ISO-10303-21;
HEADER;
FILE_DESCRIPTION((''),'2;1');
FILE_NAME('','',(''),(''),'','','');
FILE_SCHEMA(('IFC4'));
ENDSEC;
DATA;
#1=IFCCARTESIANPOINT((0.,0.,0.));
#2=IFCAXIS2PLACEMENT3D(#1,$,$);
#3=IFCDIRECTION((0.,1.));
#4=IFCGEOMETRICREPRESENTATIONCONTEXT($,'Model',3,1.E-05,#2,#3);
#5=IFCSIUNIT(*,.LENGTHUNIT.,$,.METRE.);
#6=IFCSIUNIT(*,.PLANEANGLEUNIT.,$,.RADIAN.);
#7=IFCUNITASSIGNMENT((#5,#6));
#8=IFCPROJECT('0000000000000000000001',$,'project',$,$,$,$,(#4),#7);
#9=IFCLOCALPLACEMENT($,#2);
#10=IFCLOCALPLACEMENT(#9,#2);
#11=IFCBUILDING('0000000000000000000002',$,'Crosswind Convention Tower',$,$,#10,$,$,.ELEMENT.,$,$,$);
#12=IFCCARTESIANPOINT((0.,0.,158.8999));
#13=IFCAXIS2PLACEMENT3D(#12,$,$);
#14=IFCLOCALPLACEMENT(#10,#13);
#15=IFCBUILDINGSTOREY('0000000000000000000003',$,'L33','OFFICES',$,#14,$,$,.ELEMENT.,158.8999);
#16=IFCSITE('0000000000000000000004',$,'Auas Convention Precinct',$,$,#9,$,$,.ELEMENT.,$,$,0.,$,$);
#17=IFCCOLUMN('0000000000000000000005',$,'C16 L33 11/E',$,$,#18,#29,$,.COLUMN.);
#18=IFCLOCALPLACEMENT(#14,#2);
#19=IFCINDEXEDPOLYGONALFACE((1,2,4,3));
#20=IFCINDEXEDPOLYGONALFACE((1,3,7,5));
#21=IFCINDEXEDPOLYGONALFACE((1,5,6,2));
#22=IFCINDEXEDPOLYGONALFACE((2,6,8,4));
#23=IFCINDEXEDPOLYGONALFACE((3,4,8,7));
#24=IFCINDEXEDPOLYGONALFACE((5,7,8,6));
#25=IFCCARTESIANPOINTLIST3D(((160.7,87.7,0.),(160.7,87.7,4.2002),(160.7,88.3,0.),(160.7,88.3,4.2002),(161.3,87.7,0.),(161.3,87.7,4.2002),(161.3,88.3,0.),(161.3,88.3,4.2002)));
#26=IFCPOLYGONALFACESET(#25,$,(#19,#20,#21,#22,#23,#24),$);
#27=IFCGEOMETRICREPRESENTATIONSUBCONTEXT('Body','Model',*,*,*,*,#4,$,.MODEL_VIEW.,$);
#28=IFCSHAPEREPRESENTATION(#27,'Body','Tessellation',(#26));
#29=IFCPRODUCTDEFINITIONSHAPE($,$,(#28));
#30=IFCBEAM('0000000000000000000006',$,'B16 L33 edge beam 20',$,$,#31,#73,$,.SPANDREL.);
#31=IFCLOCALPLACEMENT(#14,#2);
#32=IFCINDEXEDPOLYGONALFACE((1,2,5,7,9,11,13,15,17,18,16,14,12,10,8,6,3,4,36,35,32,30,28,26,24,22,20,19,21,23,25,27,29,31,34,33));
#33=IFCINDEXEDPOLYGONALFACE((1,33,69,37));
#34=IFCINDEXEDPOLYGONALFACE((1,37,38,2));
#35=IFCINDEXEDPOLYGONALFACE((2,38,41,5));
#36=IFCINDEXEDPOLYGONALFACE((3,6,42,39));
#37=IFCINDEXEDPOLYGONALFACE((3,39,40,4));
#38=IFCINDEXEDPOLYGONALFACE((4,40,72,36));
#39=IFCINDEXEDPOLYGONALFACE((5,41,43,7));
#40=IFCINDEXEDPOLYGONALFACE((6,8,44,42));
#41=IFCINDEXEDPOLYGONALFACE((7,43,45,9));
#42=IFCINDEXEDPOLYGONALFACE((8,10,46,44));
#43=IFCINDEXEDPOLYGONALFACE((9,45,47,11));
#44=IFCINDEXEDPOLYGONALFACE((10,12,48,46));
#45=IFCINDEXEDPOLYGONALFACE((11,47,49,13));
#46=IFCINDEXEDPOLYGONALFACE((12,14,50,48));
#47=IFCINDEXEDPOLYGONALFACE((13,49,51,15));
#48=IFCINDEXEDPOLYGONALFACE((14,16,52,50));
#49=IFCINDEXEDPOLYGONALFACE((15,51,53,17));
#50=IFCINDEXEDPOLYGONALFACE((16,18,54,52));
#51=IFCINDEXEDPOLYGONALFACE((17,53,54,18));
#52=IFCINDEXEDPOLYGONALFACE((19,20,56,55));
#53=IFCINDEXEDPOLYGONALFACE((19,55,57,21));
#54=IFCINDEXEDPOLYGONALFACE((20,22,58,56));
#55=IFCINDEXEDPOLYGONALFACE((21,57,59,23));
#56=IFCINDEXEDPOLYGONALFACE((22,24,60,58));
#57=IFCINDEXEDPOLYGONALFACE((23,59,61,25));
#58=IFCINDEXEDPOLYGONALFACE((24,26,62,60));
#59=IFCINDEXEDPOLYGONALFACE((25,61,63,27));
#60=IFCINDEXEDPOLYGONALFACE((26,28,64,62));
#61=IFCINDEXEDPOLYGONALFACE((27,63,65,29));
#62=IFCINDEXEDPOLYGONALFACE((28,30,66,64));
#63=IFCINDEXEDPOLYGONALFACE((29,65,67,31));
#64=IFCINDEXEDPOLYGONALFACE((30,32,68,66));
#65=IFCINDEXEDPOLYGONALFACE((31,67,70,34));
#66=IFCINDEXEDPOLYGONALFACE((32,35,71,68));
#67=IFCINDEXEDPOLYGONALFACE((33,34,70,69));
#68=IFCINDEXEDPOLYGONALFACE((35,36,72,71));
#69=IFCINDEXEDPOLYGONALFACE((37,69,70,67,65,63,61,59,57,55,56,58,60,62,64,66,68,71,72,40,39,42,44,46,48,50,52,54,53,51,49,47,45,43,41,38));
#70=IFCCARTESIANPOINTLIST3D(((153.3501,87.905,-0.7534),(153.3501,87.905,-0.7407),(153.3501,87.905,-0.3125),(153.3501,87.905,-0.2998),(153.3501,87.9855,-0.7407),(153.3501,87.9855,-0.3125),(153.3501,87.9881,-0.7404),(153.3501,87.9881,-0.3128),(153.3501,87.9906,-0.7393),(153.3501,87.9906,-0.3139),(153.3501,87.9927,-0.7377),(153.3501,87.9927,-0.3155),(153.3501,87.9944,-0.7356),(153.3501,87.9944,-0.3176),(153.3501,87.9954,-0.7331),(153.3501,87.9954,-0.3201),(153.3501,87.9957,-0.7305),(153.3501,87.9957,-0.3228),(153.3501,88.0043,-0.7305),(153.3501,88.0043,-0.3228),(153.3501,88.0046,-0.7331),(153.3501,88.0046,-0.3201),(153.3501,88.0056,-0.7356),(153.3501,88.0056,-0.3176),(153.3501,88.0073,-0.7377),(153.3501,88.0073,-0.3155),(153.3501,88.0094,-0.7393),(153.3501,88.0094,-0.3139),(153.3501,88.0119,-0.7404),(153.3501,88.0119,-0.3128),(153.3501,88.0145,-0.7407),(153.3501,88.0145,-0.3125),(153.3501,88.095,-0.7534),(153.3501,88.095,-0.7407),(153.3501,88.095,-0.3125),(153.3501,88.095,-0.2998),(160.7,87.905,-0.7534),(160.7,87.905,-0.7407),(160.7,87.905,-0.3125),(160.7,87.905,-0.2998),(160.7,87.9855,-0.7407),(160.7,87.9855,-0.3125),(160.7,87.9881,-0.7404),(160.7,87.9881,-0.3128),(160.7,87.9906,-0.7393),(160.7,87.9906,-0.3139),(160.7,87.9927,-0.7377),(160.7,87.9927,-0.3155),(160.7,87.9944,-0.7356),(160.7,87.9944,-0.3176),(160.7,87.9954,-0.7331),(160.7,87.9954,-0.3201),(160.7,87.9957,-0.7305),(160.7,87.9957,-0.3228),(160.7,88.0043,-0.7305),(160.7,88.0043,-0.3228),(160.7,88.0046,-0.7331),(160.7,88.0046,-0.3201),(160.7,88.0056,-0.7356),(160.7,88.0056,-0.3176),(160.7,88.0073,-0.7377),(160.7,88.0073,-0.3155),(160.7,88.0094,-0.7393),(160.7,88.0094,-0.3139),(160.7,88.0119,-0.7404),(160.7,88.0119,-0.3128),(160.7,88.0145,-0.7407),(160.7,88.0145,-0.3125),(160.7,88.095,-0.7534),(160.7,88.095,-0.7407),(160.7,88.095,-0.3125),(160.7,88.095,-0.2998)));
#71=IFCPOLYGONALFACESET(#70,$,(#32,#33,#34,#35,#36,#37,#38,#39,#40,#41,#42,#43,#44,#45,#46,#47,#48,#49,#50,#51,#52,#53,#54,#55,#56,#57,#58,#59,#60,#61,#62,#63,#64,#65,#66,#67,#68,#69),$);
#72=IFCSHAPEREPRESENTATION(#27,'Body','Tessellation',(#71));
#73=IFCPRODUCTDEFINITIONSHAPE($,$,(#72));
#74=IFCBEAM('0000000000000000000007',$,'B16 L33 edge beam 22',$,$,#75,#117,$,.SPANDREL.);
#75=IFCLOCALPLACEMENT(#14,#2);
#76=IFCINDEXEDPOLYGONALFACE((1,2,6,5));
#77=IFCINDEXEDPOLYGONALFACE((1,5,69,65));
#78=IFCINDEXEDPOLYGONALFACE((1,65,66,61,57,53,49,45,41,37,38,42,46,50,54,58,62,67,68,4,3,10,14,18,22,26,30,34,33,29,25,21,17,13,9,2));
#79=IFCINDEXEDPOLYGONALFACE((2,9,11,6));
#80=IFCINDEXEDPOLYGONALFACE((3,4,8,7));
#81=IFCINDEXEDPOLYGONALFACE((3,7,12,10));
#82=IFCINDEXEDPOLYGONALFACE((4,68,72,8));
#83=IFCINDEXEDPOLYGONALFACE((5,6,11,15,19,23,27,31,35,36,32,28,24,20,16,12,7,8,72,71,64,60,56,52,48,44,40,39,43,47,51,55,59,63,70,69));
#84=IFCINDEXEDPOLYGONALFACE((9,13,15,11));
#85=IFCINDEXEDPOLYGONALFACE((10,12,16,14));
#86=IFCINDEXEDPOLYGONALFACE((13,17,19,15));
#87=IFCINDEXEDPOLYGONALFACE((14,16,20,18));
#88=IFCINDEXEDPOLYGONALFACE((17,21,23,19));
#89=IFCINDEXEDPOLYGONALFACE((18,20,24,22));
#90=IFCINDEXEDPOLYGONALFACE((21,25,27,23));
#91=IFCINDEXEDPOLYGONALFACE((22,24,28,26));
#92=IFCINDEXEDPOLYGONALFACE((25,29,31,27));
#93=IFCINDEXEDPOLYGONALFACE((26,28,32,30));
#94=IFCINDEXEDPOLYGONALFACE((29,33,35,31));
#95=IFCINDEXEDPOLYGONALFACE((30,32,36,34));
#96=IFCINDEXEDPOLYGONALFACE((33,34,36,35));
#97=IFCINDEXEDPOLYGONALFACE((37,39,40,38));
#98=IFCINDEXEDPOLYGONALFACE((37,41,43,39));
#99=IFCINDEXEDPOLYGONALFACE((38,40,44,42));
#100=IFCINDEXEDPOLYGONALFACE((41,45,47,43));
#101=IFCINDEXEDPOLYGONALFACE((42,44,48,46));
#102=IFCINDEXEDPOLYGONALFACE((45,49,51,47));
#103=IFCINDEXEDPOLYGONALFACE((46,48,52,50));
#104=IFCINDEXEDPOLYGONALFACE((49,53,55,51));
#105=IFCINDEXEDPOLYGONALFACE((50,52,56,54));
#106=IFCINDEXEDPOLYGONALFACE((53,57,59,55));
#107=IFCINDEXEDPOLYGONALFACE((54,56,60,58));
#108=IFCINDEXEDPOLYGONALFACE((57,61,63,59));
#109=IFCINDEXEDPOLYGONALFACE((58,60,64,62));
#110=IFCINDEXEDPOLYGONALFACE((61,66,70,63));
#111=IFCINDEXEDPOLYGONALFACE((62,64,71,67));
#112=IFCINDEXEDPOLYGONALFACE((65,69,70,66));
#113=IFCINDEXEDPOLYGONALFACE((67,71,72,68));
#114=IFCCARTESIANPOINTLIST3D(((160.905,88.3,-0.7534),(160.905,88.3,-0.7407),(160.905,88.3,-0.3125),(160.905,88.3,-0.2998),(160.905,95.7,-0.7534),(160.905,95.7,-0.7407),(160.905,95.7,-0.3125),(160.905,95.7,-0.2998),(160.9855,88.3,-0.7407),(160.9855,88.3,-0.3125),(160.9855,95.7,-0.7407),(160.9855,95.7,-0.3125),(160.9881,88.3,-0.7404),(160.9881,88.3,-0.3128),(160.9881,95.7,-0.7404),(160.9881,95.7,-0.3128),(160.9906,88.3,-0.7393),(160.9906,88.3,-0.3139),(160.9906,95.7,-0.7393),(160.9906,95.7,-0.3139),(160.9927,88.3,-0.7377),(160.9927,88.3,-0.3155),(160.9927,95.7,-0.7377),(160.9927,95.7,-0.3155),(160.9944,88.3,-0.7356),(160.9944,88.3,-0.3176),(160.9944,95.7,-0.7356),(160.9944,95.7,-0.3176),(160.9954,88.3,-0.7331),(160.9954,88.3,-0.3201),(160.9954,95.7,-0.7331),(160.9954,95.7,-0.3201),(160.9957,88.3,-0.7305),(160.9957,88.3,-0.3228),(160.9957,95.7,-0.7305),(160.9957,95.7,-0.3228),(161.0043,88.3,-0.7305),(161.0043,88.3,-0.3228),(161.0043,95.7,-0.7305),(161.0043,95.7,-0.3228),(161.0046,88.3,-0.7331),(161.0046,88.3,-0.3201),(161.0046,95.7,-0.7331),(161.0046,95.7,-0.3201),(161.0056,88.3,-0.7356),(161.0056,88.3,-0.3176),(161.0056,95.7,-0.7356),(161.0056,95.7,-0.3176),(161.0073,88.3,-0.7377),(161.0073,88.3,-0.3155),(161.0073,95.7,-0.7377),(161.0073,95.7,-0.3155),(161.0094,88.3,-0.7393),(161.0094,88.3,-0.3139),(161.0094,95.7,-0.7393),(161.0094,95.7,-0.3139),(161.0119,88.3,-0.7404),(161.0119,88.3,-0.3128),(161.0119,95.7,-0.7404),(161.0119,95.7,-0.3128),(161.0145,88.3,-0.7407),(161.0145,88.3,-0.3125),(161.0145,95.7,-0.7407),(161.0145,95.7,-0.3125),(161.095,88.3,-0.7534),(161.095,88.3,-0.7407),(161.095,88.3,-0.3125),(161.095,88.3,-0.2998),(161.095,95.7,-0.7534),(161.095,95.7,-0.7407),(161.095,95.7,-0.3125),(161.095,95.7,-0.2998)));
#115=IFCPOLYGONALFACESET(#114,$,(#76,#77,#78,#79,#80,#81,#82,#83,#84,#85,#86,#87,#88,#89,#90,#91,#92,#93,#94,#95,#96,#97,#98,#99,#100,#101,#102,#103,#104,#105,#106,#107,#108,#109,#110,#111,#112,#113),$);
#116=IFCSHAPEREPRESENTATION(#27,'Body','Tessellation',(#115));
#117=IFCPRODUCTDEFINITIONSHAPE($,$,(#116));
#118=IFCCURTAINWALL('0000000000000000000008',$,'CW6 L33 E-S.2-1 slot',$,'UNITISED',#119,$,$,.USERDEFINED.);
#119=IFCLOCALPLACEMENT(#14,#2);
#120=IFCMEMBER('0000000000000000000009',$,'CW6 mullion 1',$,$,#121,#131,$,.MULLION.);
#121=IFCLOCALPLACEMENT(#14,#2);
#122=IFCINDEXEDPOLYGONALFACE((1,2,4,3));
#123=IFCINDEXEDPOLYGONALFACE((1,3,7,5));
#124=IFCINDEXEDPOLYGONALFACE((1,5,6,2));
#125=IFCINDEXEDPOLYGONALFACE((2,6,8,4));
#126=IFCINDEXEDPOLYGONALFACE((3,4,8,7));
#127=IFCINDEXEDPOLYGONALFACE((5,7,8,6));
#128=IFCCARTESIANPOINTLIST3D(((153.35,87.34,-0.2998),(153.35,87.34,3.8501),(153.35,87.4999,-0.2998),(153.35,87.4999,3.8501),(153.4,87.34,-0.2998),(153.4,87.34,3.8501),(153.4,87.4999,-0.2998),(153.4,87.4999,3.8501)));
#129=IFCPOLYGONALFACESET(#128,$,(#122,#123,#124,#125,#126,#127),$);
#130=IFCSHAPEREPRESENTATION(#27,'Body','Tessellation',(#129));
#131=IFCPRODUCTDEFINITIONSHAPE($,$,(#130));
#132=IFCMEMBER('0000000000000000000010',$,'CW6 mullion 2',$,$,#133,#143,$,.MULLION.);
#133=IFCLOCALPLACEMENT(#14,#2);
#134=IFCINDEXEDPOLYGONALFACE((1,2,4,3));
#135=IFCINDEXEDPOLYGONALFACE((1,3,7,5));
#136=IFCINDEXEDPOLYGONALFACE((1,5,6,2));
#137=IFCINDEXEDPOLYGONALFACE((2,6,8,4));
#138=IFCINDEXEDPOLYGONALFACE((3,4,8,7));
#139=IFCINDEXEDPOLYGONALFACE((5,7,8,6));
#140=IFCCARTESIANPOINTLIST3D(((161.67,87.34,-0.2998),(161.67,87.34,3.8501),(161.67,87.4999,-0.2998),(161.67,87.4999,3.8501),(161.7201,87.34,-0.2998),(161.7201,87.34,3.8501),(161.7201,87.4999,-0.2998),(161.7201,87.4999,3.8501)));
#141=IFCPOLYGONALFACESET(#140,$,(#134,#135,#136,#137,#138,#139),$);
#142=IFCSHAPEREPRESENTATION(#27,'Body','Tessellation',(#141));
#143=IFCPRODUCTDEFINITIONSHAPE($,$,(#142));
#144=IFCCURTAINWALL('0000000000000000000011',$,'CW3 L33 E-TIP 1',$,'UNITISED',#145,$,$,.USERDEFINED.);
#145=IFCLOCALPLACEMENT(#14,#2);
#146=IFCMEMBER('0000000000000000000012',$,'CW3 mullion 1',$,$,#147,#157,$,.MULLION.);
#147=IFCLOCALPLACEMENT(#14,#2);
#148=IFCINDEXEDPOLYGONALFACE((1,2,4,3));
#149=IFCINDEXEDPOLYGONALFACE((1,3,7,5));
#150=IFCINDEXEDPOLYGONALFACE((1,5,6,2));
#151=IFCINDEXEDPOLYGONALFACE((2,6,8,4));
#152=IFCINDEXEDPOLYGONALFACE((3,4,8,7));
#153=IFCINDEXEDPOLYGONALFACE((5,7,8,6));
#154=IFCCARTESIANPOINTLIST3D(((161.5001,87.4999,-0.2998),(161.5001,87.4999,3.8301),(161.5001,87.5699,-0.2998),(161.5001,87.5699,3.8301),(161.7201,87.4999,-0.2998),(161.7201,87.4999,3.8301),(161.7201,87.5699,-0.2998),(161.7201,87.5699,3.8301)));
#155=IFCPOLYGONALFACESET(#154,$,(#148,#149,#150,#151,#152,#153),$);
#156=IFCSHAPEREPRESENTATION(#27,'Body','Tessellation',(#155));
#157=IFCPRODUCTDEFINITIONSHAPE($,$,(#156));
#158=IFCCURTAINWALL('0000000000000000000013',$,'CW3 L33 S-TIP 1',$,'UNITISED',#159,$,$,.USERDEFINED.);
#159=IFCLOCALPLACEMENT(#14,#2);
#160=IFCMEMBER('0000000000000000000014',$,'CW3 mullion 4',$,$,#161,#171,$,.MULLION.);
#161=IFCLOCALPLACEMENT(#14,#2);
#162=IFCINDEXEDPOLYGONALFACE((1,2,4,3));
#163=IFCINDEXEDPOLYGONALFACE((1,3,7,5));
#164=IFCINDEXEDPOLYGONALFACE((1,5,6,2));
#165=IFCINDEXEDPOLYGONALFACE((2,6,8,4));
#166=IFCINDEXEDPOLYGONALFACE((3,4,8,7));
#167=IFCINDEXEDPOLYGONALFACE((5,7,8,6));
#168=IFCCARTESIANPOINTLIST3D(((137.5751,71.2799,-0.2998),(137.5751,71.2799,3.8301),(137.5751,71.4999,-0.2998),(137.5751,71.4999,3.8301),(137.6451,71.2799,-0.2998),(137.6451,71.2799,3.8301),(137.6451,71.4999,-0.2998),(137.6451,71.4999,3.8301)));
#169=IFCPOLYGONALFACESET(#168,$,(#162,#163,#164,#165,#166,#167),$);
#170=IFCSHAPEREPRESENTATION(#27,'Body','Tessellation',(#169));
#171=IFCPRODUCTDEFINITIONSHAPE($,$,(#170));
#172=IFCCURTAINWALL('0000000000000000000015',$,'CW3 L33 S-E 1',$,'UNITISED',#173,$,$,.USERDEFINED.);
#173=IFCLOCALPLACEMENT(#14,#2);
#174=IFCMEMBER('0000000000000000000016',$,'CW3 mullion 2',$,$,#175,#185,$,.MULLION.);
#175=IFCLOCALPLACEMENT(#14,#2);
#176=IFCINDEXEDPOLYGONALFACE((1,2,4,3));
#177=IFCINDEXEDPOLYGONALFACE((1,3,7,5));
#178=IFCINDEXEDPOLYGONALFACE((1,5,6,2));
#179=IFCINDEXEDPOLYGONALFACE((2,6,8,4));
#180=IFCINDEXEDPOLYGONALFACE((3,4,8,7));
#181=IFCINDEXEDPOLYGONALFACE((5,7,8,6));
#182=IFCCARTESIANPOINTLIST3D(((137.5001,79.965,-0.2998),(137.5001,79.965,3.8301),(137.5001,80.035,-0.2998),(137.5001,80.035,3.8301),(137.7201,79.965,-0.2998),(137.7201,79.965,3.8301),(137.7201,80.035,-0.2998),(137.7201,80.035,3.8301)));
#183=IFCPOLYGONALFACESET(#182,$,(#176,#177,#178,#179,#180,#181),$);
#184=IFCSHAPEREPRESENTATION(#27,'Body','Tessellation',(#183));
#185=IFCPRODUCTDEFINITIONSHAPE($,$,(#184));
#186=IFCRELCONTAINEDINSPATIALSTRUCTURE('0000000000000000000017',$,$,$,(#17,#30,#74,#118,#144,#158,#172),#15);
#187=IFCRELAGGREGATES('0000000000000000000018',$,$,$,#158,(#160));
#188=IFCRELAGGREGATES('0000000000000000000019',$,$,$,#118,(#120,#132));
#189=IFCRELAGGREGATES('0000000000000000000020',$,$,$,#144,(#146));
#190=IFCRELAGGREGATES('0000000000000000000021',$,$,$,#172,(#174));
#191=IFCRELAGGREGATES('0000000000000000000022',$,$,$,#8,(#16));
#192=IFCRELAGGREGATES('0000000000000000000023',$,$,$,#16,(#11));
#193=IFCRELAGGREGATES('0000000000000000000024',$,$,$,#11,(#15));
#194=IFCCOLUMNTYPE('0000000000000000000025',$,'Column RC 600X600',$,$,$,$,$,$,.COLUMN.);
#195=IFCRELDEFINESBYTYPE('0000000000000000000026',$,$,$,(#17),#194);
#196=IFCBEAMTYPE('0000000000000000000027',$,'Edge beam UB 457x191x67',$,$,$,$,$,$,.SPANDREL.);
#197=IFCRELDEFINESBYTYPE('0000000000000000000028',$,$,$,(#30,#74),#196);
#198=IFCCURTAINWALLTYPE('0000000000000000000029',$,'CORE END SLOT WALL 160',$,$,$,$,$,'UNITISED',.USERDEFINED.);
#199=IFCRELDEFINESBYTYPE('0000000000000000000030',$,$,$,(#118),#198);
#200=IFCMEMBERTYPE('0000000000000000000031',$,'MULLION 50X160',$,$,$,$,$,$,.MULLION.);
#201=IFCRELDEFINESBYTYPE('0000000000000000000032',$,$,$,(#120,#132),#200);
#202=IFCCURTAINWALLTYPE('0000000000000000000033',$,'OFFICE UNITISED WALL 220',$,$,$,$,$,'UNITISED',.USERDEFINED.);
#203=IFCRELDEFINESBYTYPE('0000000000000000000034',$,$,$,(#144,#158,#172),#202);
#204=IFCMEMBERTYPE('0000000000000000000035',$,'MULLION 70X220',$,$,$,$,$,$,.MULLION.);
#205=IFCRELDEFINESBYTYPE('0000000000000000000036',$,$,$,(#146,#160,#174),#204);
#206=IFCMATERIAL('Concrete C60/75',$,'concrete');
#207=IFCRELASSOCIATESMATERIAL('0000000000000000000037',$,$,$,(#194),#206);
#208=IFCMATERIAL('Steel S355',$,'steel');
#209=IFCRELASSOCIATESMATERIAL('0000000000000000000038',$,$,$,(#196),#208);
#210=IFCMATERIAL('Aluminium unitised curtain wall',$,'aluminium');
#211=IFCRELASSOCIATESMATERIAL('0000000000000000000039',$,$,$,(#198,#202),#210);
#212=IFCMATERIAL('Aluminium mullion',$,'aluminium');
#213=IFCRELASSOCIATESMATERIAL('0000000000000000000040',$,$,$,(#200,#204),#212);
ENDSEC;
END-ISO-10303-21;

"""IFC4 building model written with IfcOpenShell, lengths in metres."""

from ifc_helpers import new_model, si_unit, direction, frame, origin, origin_2d, place, context, subcontext, project, spatial, rectangle, i_section, extrude, material, material_profile, profile_set, type_object, element, aggregate, save


model = new_model("IFC4")

# Units and contexts
model_context = context("Model", 3, precision=1e-05, world=origin(), true_north=direction((0.0, 1.0)))
body_context = subcontext(model_context, "Body", "Model", "MODEL_VIEW")
ifc_project = project(units=[si_unit("LENGTHUNIT", "METRE"), si_unit("PLANEANGLEUNIT", "RADIAN")], contexts=[model_context])

# Site, building, storey
site_placement = place(None, origin())
site = spatial("IfcSite", under=ifc_project, at=site_placement, Name="Auas Convention Precinct", CompositionType="ELEMENT", RefElevation=0.0)
building_placement = place(site_placement, origin())
building = spatial("IfcBuilding", under=site, at=building_placement, Name="Crosswind Convention Tower", CompositionType="ELEMENT")
storey_placement = place(building_placement, frame((0.0, 0.0, 158.8999)))
storey = spatial("IfcBuildingStorey", under=building, at=storey_placement, Name="L33", Description="OFFICES", CompositionType="ELEMENT", Elevation=158.8999)

# Column
ifc_material_1 = material(Name="Concrete C60/75", Category="concrete")
ifc_material_profile_1 = material_profile(ifc_material_1, rectangle(XDim=0.6001, YDim=0.6001, at=origin_2d()), Name="RC 600X600")
ifc_profile_set_1 = profile_set([ifc_material_profile_1], Name="Concrete C60/75")
column_type = type_object("IfcColumnType", Name="Column RC 600X600", PredefinedType="COLUMN", material=ifc_profile_set_1)
column_placement = place(storey_placement, frame((161.0, 88.0, 0.0), z_axis=(0.0, 0.0, 1.0), x_axis=(1.0, 0.0, 0.0)))
element("IfcColumn", 1, at=column_placement, inside=storey, type_object=column_type, Name="C16 L33 11/E", PredefinedType="COLUMN", context=body_context, shape_type="SweptSolid", body=[
    extrude(rectangle(XDim=0.6001, YDim=0.6001, at=origin_2d()), origin(), (0.0, 0.0, 1.0), 4.2002),
])

# Beams
ifc_material_2 = material(Name="Steel S355", Category="steel")
ifc_material_profile_2 = material_profile(ifc_material_2, i_section(OverallWidth=0.1899, OverallDepth=0.4536, WebThickness=0.0085, FlangeThickness=0.0127, FilletRadius=0.0103, at=origin_2d()), Name="UB 457x191x67")
ifc_profile_set_2 = profile_set([ifc_material_profile_2], Name="Steel S355")
beam_type = type_object("IfcBeamType", Name="Edge beam UB 457x191x67", PredefinedType="SPANDREL", material=ifc_profile_set_2)
beam_1_placement = place(storey_placement, frame((153.3501, 88.0, -0.5266), z_axis=(1.0, 0.0, 0.0), x_axis=(0.0, 1.0, 0.0)))
element("IfcBeam", 2, at=beam_1_placement, inside=storey, type_object=beam_type, Name="B16 L33 edge beam 20", PredefinedType="SPANDREL", context=body_context, shape_type="SweptSolid", body=[
    extrude(i_section(OverallWidth=0.1899, OverallDepth=0.4536, WebThickness=0.0085, FlangeThickness=0.0127, FilletRadius=0.0103, at=origin_2d()), origin(), (0.0, 0.0, 1.0), 7.3499),
])
beam_2_placement = place(storey_placement, frame((161.0, 88.3, -0.5266), z_axis=(0.0, 1.0, 0.0), x_axis=(-1.0, 0.0, 0.0)))
element("IfcBeam", 3, at=beam_2_placement, inside=storey, type_object=beam_type, Name="B16 L33 edge beam 22", PredefinedType="SPANDREL", context=body_context, shape_type="SweptSolid", body=[
    extrude(i_section(OverallWidth=0.1899, OverallDepth=0.4536, WebThickness=0.0085, FlangeThickness=0.0127, FilletRadius=0.0103, at=origin_2d()), origin(), (0.0, 0.0, 1.0), 7.3999),
])

# Curtain wall, members
ifc_material_3 = material(Name="Aluminium unitised curtain wall", Category="aluminium")
curtain_wall_type_1 = type_object("IfcCurtainWallType", Name="CORE END SLOT WALL 160", ElementType="UNITISED", PredefinedType="USERDEFINED", material=ifc_material_3)
curtain_wall_1_placement = place(storey_placement, origin())
curtain_wall_1 = element("IfcCurtainWall", 4, at=curtain_wall_1_placement, inside=storey, type_object=curtain_wall_type_1, Name="CW6 L33 E-S.2-1 slot", ObjectType="UNITISED", PredefinedType="USERDEFINED")
ifc_material_4 = material(Name="Aluminium mullion", Category="aluminium")
ifc_material_profile_3 = material_profile(ifc_material_4, rectangle(XDim=0.1599, YDim=0.05, at=origin_2d()), Name="AL 160X50")
ifc_profile_set_3 = profile_set([ifc_material_profile_3], Name="Aluminium mullion")
member_type_1 = type_object("IfcMemberType", Name="MULLION 50X160", PredefinedType="MULLION", material=ifc_profile_set_3)
member_1_placement = place(storey_placement, frame((153.375, 87.4199, -0.2998), z_axis=(0.0, 0.0, 1.0), x_axis=(0.0, -1.0, 0.0)))
member_1 = element("IfcMember", 5, at=member_1_placement, type_object=member_type_1, Name="CW6 mullion 1", PredefinedType="MULLION", context=body_context, shape_type="SweptSolid", body=[
    extrude(rectangle(XDim=0.1599, YDim=0.05, at=origin_2d()), origin(), (0.0, 0.0, 1.0), 4.1499),
])
member_2_placement = place(storey_placement, frame((161.6951, 87.4199, -0.2998), z_axis=(0.0, 0.0, 1.0), x_axis=(0.0, -1.0, 0.0)))
member_2 = element("IfcMember", 6, at=member_2_placement, type_object=member_type_1, Name="CW6 mullion 2", PredefinedType="MULLION", context=body_context, shape_type="SweptSolid", body=[
    extrude(rectangle(XDim=0.1599, YDim=0.05, at=origin_2d()), origin(), (0.0, 0.0, 1.0), 4.1499),
])

# Curtain walls, members
curtain_wall_type_2 = type_object("IfcCurtainWallType", Name="OFFICE UNITISED WALL 220", ElementType="UNITISED", PredefinedType="USERDEFINED", material=ifc_material_3)
curtain_wall_2_placement = place(storey_placement, origin())
curtain_wall_2 = element("IfcCurtainWall", 7, at=curtain_wall_2_placement, inside=storey, type_object=curtain_wall_type_2, Name="CW3 L33 E-TIP 1", ObjectType="UNITISED", PredefinedType="USERDEFINED")
ifc_material_profile_4 = material_profile(ifc_material_4, rectangle(XDim=0.22, YDim=0.0701, at=origin_2d()), Name="AL 220X70")
ifc_profile_set_4 = profile_set([ifc_material_profile_4], Name="Aluminium mullion")
member_type_2 = type_object("IfcMemberType", Name="MULLION 70X220", PredefinedType="MULLION", material=ifc_profile_set_4)
member_3_placement = place(storey_placement, frame((161.6101, 87.5349, -0.2998), z_axis=(0.0, 0.0, 1.0), x_axis=(1.0, 0.0, 0.0)))
member_3 = element("IfcMember", 8, at=member_3_placement, type_object=member_type_2, Name="CW3 mullion 1", PredefinedType="MULLION", context=body_context, shape_type="SweptSolid", body=[
    extrude(rectangle(XDim=0.22, YDim=0.0701, at=origin_2d()), origin(), (0.0, 0.0, 1.0), 4.1299),
])
curtain_wall_3_placement = place(storey_placement, origin())
curtain_wall_3 = element("IfcCurtainWall", 9, at=curtain_wall_3_placement, inside=storey, type_object=curtain_wall_type_2, Name="CW3 L33 S-TIP 1", ObjectType="UNITISED", PredefinedType="USERDEFINED")
member_4_placement = place(storey_placement, frame((137.6101, 71.3899, -0.2998), z_axis=(0.0, 0.0, 1.0), x_axis=(0.0, -1.0, 0.0)))
member_4 = element("IfcMember", 10, at=member_4_placement, type_object=member_type_2, Name="CW3 mullion 4", PredefinedType="MULLION", context=body_context, shape_type="SweptSolid", body=[
    extrude(rectangle(XDim=0.22, YDim=0.0701, at=origin_2d()), origin(), (0.0, 0.0, 1.0), 4.1299),
])
aggregate(curtain_wall_3, [member_4])
curtain_wall_4_placement = place(storey_placement, origin())
curtain_wall_4 = element("IfcCurtainWall", 11, at=curtain_wall_4_placement, inside=storey, type_object=curtain_wall_type_2, Name="CW3 L33 S-E 1", ObjectType="UNITISED", PredefinedType="USERDEFINED")
member_5_placement = place(storey_placement, frame((137.6101, 80.0, -0.2998), z_axis=(0.0, 0.0, 1.0), x_axis=(1.0, 0.0, 0.0)))
member_5 = element("IfcMember", 12, at=member_5_placement, type_object=member_type_2, Name="CW3 mullion 2", PredefinedType="MULLION", context=body_context, shape_type="SweptSolid", body=[
    extrude(rectangle(XDim=0.22, YDim=0.0701, at=origin_2d()), origin(), (0.0, 0.0, 1.0), 4.1299),
])

aggregate(curtain_wall_1, [member_1, member_2])

aggregate(curtain_wall_2, [member_3])
aggregate(curtain_wall_4, [member_5])

save(model, "model.ifc")
